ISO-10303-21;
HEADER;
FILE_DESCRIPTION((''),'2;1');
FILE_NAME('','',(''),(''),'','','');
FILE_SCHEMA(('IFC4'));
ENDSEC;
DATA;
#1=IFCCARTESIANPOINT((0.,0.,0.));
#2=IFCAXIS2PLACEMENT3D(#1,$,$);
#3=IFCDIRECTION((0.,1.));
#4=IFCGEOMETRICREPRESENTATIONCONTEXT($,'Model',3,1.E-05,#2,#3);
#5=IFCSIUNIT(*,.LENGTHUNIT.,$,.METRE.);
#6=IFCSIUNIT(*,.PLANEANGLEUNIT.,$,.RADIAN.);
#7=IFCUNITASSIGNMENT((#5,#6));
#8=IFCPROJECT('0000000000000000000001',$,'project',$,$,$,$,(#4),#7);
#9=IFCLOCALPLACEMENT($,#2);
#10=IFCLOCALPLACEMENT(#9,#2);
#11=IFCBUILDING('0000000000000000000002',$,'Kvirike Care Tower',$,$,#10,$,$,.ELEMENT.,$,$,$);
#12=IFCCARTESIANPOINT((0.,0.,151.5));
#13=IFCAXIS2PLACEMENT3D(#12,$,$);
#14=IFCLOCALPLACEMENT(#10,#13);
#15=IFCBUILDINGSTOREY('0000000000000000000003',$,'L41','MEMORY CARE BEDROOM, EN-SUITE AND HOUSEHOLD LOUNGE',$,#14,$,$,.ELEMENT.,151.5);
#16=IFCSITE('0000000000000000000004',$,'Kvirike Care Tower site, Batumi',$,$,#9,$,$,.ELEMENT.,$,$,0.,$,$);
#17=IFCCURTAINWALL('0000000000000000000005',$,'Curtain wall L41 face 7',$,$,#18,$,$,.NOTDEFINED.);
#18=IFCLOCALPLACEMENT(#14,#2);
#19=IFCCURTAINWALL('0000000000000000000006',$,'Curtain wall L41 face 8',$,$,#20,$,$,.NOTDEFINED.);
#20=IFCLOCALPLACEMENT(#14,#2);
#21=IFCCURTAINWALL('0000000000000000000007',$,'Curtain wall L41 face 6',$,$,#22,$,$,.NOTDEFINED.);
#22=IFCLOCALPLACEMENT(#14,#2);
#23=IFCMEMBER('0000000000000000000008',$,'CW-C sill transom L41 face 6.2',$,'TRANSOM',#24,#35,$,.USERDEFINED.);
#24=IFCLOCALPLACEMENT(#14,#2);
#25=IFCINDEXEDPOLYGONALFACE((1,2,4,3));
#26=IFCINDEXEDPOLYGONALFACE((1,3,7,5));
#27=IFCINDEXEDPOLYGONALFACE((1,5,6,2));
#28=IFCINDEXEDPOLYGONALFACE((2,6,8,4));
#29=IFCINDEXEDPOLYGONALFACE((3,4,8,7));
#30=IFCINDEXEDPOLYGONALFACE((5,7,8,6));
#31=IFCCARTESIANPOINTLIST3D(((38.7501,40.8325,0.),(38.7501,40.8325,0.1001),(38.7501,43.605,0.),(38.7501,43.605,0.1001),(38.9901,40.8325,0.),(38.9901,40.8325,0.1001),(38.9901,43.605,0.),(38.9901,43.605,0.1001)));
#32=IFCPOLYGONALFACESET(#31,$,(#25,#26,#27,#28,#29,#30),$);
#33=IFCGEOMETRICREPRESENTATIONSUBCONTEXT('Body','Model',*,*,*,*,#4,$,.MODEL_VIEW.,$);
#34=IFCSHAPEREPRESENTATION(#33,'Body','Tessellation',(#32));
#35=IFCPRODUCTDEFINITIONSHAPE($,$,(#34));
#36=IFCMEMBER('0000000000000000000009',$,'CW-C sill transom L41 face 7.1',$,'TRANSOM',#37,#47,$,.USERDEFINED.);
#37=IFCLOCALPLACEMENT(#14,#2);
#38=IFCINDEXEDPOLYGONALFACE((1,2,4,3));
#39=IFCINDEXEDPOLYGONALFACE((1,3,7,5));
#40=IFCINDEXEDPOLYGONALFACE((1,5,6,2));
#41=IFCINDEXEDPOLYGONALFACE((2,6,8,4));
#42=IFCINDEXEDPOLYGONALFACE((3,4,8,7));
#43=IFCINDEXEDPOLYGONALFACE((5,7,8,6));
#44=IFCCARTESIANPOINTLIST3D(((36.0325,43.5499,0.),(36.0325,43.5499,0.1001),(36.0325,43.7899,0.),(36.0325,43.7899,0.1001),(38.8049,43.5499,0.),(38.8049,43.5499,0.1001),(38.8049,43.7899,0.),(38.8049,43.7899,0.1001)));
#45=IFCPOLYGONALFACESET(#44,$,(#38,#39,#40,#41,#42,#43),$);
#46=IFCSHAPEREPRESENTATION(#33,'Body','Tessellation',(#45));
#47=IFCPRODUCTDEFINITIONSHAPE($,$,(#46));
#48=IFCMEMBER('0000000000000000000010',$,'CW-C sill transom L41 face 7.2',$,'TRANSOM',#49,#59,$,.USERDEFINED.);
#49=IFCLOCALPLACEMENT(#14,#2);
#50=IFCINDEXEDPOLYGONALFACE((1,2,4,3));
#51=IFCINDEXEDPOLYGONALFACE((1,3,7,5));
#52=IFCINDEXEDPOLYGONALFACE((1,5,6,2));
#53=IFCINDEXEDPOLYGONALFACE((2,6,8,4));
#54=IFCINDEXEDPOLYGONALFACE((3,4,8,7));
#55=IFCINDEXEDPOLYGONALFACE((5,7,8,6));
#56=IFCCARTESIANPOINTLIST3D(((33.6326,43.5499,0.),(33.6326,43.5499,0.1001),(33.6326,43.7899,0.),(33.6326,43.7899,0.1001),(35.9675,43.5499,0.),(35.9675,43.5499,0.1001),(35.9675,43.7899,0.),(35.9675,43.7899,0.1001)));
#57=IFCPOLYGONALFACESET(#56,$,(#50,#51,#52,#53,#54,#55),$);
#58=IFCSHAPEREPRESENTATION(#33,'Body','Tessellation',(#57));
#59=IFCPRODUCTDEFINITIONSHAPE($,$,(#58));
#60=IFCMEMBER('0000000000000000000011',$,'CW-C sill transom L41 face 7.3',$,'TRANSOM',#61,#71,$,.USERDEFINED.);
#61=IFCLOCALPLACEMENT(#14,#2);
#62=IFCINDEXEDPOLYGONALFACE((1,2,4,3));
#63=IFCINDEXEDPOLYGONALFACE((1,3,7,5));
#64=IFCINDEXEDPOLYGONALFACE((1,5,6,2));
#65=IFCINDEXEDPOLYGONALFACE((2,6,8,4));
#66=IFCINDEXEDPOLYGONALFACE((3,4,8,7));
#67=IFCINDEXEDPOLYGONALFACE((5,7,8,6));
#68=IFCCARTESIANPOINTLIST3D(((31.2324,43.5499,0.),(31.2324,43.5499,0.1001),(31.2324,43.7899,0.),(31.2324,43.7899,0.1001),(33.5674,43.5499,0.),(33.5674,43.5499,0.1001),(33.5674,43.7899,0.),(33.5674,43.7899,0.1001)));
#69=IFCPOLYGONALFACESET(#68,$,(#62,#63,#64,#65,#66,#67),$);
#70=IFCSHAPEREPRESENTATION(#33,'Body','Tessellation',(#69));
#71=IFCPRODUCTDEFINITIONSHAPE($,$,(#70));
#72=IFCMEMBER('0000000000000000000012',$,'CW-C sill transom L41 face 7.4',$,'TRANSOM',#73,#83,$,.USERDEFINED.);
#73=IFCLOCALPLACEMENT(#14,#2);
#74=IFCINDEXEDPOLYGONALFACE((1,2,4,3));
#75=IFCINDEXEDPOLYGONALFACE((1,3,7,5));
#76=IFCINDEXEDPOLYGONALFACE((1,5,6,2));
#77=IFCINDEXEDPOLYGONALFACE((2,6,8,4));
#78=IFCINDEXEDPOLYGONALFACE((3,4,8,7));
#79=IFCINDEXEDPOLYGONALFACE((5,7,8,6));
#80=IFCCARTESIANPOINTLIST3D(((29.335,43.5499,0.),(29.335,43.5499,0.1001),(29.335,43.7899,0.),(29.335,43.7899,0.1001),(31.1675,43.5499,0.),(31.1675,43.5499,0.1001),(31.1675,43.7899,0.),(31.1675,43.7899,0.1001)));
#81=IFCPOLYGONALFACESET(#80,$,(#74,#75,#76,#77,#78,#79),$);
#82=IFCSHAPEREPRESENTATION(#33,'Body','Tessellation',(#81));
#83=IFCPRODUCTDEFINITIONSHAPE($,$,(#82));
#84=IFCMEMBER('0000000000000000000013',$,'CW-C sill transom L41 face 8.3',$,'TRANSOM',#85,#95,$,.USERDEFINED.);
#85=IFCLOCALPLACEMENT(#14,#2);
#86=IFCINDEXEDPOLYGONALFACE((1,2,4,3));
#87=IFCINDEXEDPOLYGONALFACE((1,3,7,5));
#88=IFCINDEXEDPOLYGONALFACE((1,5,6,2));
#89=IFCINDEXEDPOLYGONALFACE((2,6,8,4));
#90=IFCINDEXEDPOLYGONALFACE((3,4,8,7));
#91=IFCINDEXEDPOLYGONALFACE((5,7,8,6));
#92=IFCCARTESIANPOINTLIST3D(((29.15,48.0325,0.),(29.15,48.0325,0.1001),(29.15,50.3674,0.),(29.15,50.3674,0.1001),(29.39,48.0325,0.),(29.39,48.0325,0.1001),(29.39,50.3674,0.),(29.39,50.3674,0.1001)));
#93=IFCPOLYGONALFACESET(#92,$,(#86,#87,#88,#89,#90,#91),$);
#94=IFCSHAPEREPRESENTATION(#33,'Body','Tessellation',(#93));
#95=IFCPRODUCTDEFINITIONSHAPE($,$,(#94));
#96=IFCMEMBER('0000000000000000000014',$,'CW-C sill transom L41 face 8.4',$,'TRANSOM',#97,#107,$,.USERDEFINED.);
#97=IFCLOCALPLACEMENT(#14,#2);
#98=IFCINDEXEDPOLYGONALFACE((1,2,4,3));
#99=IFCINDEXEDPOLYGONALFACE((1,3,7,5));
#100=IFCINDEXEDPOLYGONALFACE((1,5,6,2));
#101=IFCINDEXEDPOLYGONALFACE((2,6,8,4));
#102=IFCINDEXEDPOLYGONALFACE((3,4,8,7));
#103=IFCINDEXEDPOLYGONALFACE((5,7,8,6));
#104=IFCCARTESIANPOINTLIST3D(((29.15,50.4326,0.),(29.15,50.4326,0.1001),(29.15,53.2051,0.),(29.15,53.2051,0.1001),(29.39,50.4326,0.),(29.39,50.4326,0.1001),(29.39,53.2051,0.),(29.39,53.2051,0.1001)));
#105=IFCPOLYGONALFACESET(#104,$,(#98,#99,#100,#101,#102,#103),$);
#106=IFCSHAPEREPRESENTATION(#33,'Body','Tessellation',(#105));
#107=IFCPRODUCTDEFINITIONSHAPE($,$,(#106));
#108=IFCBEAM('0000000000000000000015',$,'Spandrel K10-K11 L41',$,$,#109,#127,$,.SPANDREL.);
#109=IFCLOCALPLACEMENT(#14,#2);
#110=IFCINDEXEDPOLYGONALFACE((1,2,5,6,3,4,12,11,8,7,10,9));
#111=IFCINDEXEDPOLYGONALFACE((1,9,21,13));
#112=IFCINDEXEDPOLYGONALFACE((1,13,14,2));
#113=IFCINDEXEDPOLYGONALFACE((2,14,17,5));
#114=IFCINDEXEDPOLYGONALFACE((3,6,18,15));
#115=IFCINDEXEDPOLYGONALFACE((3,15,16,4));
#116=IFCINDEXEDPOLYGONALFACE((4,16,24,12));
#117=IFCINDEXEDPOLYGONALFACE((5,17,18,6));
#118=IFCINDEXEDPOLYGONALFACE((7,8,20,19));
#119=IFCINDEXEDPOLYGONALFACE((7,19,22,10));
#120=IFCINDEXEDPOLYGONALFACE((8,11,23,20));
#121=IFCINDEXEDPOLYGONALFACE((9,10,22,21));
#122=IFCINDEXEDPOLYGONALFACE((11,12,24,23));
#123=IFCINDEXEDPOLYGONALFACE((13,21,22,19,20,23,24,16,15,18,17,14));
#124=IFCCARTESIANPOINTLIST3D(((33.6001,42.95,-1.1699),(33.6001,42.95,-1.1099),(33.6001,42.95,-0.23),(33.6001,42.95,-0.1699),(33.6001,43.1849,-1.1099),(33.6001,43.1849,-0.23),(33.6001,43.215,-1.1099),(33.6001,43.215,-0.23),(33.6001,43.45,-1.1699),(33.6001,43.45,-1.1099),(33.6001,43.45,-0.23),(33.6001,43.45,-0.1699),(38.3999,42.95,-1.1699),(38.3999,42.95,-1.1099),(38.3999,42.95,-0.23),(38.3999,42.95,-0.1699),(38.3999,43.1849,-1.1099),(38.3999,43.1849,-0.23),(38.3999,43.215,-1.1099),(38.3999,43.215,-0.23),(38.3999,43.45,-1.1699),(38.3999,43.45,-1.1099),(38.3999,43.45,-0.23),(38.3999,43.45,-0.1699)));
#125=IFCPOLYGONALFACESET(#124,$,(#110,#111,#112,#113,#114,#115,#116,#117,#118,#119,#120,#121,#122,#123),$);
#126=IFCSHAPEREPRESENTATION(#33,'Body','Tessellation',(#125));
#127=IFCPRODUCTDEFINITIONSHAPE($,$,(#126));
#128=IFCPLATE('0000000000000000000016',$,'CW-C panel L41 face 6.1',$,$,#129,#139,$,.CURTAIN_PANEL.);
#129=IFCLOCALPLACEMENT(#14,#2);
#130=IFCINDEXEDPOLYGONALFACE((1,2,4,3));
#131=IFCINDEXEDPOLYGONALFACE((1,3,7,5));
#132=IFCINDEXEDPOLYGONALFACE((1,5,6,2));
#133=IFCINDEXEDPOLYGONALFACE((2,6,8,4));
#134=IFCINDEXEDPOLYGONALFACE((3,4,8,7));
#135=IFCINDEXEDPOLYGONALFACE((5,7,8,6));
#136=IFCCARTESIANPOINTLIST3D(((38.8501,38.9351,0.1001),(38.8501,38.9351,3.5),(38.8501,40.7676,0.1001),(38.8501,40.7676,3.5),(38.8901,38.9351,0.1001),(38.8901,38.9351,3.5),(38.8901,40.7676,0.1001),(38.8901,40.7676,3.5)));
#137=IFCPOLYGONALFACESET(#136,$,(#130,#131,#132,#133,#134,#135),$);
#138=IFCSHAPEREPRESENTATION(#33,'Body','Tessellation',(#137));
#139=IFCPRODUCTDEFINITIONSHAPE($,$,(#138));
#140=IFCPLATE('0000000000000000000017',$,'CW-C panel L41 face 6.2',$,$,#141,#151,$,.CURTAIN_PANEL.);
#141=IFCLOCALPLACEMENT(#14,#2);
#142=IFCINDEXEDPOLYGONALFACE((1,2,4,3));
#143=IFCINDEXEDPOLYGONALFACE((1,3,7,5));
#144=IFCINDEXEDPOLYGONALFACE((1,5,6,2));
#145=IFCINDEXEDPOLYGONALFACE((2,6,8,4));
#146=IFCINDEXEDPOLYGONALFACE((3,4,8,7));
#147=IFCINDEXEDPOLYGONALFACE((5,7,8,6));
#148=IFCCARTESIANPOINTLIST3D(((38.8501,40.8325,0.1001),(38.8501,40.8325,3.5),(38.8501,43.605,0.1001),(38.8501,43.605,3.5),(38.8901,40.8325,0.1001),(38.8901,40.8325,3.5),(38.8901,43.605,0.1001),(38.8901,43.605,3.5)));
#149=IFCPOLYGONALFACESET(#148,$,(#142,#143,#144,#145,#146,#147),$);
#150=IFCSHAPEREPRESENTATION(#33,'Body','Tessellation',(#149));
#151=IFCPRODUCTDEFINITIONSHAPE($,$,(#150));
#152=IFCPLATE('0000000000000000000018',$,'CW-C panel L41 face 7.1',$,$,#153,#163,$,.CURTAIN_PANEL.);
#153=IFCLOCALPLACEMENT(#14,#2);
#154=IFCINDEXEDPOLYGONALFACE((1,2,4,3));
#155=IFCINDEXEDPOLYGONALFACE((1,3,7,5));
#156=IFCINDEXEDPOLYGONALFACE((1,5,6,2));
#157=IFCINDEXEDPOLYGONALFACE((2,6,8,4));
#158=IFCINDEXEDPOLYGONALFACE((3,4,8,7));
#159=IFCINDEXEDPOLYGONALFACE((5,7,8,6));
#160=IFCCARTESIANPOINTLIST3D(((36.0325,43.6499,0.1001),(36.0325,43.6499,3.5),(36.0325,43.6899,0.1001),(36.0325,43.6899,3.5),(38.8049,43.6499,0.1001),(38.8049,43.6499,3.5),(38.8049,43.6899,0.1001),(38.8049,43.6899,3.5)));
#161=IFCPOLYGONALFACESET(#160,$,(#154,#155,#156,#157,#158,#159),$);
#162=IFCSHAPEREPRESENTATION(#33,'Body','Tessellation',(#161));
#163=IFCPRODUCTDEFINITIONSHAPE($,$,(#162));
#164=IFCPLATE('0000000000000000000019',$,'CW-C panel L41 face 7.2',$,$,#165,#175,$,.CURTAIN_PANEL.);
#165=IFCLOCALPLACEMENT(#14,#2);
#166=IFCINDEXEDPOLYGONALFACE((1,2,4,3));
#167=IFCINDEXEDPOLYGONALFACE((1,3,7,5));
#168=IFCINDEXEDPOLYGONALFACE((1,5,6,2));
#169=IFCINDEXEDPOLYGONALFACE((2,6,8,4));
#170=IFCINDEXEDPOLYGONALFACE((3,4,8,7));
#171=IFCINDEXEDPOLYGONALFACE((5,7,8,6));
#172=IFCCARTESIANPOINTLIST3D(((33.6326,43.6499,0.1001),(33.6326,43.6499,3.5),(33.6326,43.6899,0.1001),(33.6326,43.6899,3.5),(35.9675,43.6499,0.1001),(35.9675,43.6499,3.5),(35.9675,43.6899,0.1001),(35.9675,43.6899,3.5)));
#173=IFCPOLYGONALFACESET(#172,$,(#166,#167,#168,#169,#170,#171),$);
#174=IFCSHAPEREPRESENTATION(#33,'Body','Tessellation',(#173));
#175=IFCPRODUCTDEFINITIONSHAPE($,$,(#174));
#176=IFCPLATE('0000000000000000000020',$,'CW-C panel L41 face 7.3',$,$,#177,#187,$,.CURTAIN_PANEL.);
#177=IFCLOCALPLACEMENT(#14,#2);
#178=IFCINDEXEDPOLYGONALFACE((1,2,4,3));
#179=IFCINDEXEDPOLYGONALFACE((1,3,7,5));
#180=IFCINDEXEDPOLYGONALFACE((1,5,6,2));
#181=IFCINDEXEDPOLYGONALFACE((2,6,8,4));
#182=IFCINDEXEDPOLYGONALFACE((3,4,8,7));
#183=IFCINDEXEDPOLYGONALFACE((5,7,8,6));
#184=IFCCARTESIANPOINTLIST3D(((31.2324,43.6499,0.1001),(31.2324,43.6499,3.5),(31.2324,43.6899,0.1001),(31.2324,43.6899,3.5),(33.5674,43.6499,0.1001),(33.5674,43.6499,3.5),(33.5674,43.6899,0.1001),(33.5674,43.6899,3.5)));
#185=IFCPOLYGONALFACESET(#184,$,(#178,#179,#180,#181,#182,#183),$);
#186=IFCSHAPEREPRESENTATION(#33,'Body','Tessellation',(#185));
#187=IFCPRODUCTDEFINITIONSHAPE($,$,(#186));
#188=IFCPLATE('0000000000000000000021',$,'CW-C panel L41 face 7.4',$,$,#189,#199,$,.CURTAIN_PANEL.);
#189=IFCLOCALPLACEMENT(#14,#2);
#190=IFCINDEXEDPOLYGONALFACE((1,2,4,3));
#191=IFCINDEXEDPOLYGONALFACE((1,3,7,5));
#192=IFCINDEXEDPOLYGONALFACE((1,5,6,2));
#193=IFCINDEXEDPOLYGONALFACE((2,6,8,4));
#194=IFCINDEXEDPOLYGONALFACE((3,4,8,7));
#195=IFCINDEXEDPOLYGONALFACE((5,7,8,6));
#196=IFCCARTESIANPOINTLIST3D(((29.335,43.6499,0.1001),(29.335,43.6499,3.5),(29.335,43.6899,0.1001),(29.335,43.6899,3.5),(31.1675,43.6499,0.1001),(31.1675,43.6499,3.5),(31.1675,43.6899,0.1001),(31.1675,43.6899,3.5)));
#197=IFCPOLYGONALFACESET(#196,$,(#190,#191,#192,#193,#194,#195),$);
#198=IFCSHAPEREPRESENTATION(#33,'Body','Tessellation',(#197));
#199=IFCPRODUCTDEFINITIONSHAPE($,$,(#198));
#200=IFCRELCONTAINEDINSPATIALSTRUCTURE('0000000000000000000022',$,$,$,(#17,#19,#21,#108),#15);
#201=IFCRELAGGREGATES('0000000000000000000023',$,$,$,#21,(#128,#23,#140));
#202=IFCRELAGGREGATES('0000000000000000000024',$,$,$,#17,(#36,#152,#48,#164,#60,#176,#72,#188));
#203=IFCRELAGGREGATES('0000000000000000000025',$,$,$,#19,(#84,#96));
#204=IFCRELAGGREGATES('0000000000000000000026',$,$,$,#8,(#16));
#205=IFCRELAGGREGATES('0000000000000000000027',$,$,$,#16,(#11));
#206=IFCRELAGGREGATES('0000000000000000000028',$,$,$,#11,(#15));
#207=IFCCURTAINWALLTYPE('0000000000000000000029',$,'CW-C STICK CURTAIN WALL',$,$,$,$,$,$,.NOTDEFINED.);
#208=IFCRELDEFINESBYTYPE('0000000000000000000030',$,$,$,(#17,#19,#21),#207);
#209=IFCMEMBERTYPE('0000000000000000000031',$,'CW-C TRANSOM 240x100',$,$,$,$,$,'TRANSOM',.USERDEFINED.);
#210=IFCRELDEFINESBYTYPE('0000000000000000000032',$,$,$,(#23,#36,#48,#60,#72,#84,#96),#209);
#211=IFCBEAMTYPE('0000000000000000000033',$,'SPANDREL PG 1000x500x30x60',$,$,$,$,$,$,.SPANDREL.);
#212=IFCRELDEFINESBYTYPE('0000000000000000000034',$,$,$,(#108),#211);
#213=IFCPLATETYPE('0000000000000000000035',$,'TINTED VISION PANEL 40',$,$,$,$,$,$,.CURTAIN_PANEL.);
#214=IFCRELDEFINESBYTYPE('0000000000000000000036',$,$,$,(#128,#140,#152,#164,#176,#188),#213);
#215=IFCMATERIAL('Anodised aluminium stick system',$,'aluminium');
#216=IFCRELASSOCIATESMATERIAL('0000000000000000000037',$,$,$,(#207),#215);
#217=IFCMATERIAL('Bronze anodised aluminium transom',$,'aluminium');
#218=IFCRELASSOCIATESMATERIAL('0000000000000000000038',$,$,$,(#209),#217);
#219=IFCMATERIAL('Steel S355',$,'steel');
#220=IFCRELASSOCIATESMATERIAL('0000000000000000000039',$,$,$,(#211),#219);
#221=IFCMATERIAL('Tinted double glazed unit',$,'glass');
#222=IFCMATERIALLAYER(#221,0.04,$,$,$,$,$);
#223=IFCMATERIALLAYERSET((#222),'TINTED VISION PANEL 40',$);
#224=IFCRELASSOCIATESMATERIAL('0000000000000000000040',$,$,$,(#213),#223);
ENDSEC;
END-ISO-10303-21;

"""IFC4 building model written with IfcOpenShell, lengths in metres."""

from ifc_helpers import new_model, si_unit, direction, frame, origin, origin_2d, place, context, subcontext, project, spatial, rectangle, i_section, extrude, material, layer, layer_set, material_profile, profile_set, type_object, element, aggregate, save


model = new_model("IFC4")

# Units and contexts
model_context = context("Model", 3, precision=1e-05, world=origin(), true_north=direction((0.0, 1.0)))
body_context = subcontext(model_context, "Body", "Model", "MODEL_VIEW")
ifc_project = project(units=[si_unit("LENGTHUNIT", "METRE"), si_unit("PLANEANGLEUNIT", "RADIAN")], contexts=[model_context])

# Site, building, storey
site_placement = place(None, origin())
site = spatial("IfcSite", under=ifc_project, at=site_placement, Name="Kvirike Care Tower site, Batumi", CompositionType="ELEMENT", RefElevation=0.0)
building_placement = place(site_placement, origin())
building = spatial("IfcBuilding", under=site, at=building_placement, Name="Kvirike Care Tower", CompositionType="ELEMENT")
storey_placement = place(building_placement, frame((0.0, 0.0, 151.5)))
storey = spatial("IfcBuildingStorey", under=building, at=storey_placement, Name="L41", Description="MEMORY CARE BEDROOM, EN-SUITE AND HOUSEHOLD LOUNGE", CompositionType="ELEMENT", Elevation=151.5)

# Curtain walls
ifc_material_1 = material(Name="Anodised aluminium stick system", Category="aluminium")
curtain_wall_type = type_object("IfcCurtainWallType", Name="CW-C STICK CURTAIN WALL", PredefinedType="NOTDEFINED", material=ifc_material_1)
curtain_wall_1_placement = place(storey_placement, origin())
curtain_wall_1 = element("IfcCurtainWall", 1, at=curtain_wall_1_placement, inside=storey, type_object=curtain_wall_type, Name="Curtain wall L41 face 7", PredefinedType="NOTDEFINED")
curtain_wall_2_placement = place(storey_placement, origin())
curtain_wall_2 = element("IfcCurtainWall", 2, at=curtain_wall_2_placement, inside=storey, type_object=curtain_wall_type, Name="Curtain wall L41 face 8", PredefinedType="NOTDEFINED")

# Curtain wall
curtain_wall_3_placement = place(storey_placement, origin())
curtain_wall_3 = element("IfcCurtainWall", 3, at=curtain_wall_3_placement, inside=storey, type_object=curtain_wall_type, Name="Curtain wall L41 face 6", PredefinedType="NOTDEFINED")

# Members
ifc_material_2 = material(Name="Bronze anodised aluminium transom", Category="aluminium")
ifc_material_profile_1 = material_profile(ifc_material_2, rectangle(XDim=0.24, YDim=0.1001, at=origin_2d()), Name="CW-C TRANSOM 240x100")
ifc_profile_set_1 = profile_set([ifc_material_profile_1], Name="Bronze anodised aluminium transom")
member_type_1 = type_object("IfcMemberType", Name="CW-C TRANSOM 240x100", ElementType="TRANSOM", PredefinedType="USERDEFINED", material=ifc_profile_set_1)
member_1_placement = place(storey_placement, frame((38.8701, 40.8325, 0.05), z_axis=(0.0, 1.0, 0.0), x_axis=(-1.0, 0.0, 0.0)))
member_1 = element("IfcMember", 4, at=member_1_placement, type_object=member_type_1, Name="CW-C sill transom L41 face 6.2", ObjectType="TRANSOM", PredefinedType="USERDEFINED", context=body_context, shape_type="SweptSolid", body=[
    extrude(rectangle(XDim=0.24, YDim=0.1001, at=origin_2d()), origin(), (0.0, 0.0, 1.0), 2.7725),
])
member_2_placement = place(storey_placement, frame((38.8049, 43.6699, 0.05), z_axis=(-1.0, 0.0, 0.0), x_axis=(0.0, -1.0, 0.0)))
member_2 = element("IfcMember", 5, at=member_2_placement, type_object=member_type_1, Name="CW-C sill transom L41 face 7.1", ObjectType="TRANSOM", PredefinedType="USERDEFINED", context=body_context, shape_type="SweptSolid", body=[
    extrude(rectangle(XDim=0.24, YDim=0.1001, at=origin_2d()), origin(), (0.0, 0.0, 1.0), 2.7725),
])
member_3_placement = place(storey_placement, frame((35.9675, 43.6699, 0.05), z_axis=(-1.0, 0.0, 0.0), x_axis=(0.0, -1.0, 0.0)))
member_3 = element("IfcMember", 6, at=member_3_placement, type_object=member_type_1, Name="CW-C sill transom L41 face 7.2", ObjectType="TRANSOM", PredefinedType="USERDEFINED", context=body_context, shape_type="SweptSolid", body=[
    extrude(rectangle(XDim=0.24, YDim=0.1001, at=origin_2d()), origin(), (0.0, 0.0, 1.0), 2.335),
])
member_4_placement = place(storey_placement, frame((33.5674, 43.6699, 0.05), z_axis=(-1.0, 0.0, 0.0), x_axis=(0.0, -1.0, 0.0)))
member_4 = element("IfcMember", 7, at=member_4_placement, type_object=member_type_1, Name="CW-C sill transom L41 face 7.3", ObjectType="TRANSOM", PredefinedType="USERDEFINED", context=body_context, shape_type="SweptSolid", body=[
    extrude(rectangle(XDim=0.24, YDim=0.1001, at=origin_2d()), origin(), (0.0, 0.0, 1.0), 2.335),
])
member_5_placement = place(storey_placement, frame((31.1675, 43.6699, 0.05), z_axis=(-1.0, 0.0, 0.0), x_axis=(0.0, -1.0, 0.0)))
member_5 = element("IfcMember", 8, at=member_5_placement, type_object=member_type_1, Name="CW-C sill transom L41 face 7.4", ObjectType="TRANSOM", PredefinedType="USERDEFINED", context=body_context, shape_type="SweptSolid", body=[
    extrude(rectangle(XDim=0.24, YDim=0.1001, at=origin_2d()), origin(), (0.0, 0.0, 1.0), 1.8325),
])
member_6_placement = place(storey_placement, frame((29.27, 48.0325, 0.05), z_axis=(0.0, 1.0, 0.0), x_axis=(-1.0, 0.0, 0.0)))
member_6 = element("IfcMember", 9, at=member_6_placement, type_object=member_type_1, Name="CW-C sill transom L41 face 8.3", ObjectType="TRANSOM", PredefinedType="USERDEFINED", context=body_context, shape_type="SweptSolid", body=[
    extrude(rectangle(XDim=0.24, YDim=0.1001, at=origin_2d()), origin(), (0.0, 0.0, 1.0), 2.335),
])
member_7_placement = place(storey_placement, frame((29.27, 50.4326, 0.05), z_axis=(0.0, 1.0, 0.0), x_axis=(-1.0, 0.0, 0.0)))
member_7 = element("IfcMember", 10, at=member_7_placement, type_object=member_type_1, Name="CW-C sill transom L41 face 8.4", ObjectType="TRANSOM", PredefinedType="USERDEFINED", context=body_context, shape_type="SweptSolid", body=[
    extrude(rectangle(XDim=0.24, YDim=0.1001, at=origin_2d()), origin(), (0.0, 0.0, 1.0), 2.7725),
])

# Beam
ifc_material_3 = material(Name="Steel S355", Category="steel")
ifc_material_profile_2 = material_profile(ifc_material_3, i_section(OverallWidth=0.5, OverallDepth=1.0, WebThickness=0.03, FlangeThickness=0.0601, at=origin_2d()), Name="PG 1000x500x30x60")
ifc_profile_set_2 = profile_set([ifc_material_profile_2], Name="Steel S355")
beam_type = type_object("IfcBeamType", Name="SPANDREL PG 1000x500x30x60", PredefinedType="SPANDREL", material=ifc_profile_set_2)
beam_placement = place(storey_placement, frame((33.6001, 43.2, -0.6699), z_axis=(1.0, 0.0, 0.0), x_axis=(0.0, 1.0, 0.0)))
element("IfcBeam", 11, at=beam_placement, inside=storey, type_object=beam_type, Name="Spandrel K10-K11 L41", PredefinedType="SPANDREL", context=body_context, shape_type="SweptSolid", body=[
    extrude(i_section(OverallWidth=0.5, OverallDepth=1.0, WebThickness=0.03, FlangeThickness=0.0601, at=origin_2d()), origin(), (0.0, 0.0, 1.0), 4.7998),
])

# Plates
ifc_material_4 = material(Name="Tinted double glazed unit", Category="glass")
ifc_layer_1 = layer(ifc_material_4, 0.04)
ifc_layer_set_1 = layer_set([ifc_layer_1], Name="TINTED VISION PANEL 40")
plate_type = type_object("IfcPlateType", Name="TINTED VISION PANEL 40", PredefinedType="CURTAIN_PANEL", material=ifc_layer_set_1)
plate_1_placement = place(storey_placement, frame((38.8701, 39.8513, 0.1001), z_axis=(0.0, 0.0, 1.0), x_axis=(0.0, 1.0, 0.0)))
plate_1 = element("IfcPlate", 12, at=plate_1_placement, type_object=plate_type, Name="CW-C panel L41 face 6.1", PredefinedType="CURTAIN_PANEL", context=body_context, shape_type="SweptSolid", body=[
    extrude(rectangle(XDim=1.8325, YDim=0.04, at=origin_2d()), origin(), (0.0, 0.0, 1.0), 3.3999),
])
plate_2_placement = place(storey_placement, frame((38.8701, 42.2188, 0.1001), z_axis=(0.0, 0.0, 1.0), x_axis=(0.0, 1.0, 0.0)))
plate_2 = element("IfcPlate", 13, at=plate_2_placement, type_object=plate_type, Name="CW-C panel L41 face 6.2", PredefinedType="CURTAIN_PANEL", context=body_context, shape_type="SweptSolid", body=[
    extrude(rectangle(XDim=2.7725, YDim=0.04, at=origin_2d()), origin(), (0.0, 0.0, 1.0), 3.3999),
])
aggregate(curtain_wall_3, [plate_1, member_1, plate_2])
plate_3_placement = place(storey_placement, frame((37.4187, 43.6699, 0.1001), z_axis=(0.0, 0.0, 1.0), x_axis=(-1.0, 0.0, 0.0)))
plate_3 = element("IfcPlate", 14, at=plate_3_placement, type_object=plate_type, Name="CW-C panel L41 face 7.1", PredefinedType="CURTAIN_PANEL", context=body_context, shape_type="SweptSolid", body=[
    extrude(rectangle(XDim=2.7725, YDim=0.04, at=origin_2d()), origin(), (0.0, 0.0, 1.0), 3.3999),
])
plate_4_placement = place(storey_placement, frame((34.8, 43.6699, 0.1001), z_axis=(0.0, 0.0, 1.0), x_axis=(-1.0, 0.0, 0.0)))
plate_4 = element("IfcPlate", 15, at=plate_4_placement, type_object=plate_type, Name="CW-C panel L41 face 7.2", PredefinedType="CURTAIN_PANEL", context=body_context, shape_type="SweptSolid", body=[
    extrude(rectangle(XDim=2.335, YDim=0.04, at=origin_2d()), origin(), (0.0, 0.0, 1.0), 3.3999),
])
plate_5_placement = place(storey_placement, frame((32.3999, 43.6699, 0.1001), z_axis=(0.0, 0.0, 1.0), x_axis=(-1.0, 0.0, 0.0)))
plate_5 = element("IfcPlate", 16, at=plate_5_placement, type_object=plate_type, Name="CW-C panel L41 face 7.3", PredefinedType="CURTAIN_PANEL", context=body_context, shape_type="SweptSolid", body=[
    extrude(rectangle(XDim=2.335, YDim=0.04, at=origin_2d()), origin(), (0.0, 0.0, 1.0), 3.3999),
])
plate_6_placement = place(storey_placement, frame((30.2512, 43.6699, 0.1001), z_axis=(0.0, 0.0, 1.0), x_axis=(-1.0, 0.0, 0.0)))
plate_6 = element("IfcPlate", 17, at=plate_6_placement, type_object=plate_type, Name="CW-C panel L41 face 7.4", PredefinedType="CURTAIN_PANEL", context=body_context, shape_type="SweptSolid", body=[
    extrude(rectangle(XDim=1.8325, YDim=0.04, at=origin_2d()), origin(), (0.0, 0.0, 1.0), 3.3999),
])
aggregate(curtain_wall_1, [member_2, plate_3, member_3, plate_4, member_4, plate_5, member_5, plate_6])
aggregate(curtain_wall_2, [member_6, member_7])

save(model, "model.ifc")
